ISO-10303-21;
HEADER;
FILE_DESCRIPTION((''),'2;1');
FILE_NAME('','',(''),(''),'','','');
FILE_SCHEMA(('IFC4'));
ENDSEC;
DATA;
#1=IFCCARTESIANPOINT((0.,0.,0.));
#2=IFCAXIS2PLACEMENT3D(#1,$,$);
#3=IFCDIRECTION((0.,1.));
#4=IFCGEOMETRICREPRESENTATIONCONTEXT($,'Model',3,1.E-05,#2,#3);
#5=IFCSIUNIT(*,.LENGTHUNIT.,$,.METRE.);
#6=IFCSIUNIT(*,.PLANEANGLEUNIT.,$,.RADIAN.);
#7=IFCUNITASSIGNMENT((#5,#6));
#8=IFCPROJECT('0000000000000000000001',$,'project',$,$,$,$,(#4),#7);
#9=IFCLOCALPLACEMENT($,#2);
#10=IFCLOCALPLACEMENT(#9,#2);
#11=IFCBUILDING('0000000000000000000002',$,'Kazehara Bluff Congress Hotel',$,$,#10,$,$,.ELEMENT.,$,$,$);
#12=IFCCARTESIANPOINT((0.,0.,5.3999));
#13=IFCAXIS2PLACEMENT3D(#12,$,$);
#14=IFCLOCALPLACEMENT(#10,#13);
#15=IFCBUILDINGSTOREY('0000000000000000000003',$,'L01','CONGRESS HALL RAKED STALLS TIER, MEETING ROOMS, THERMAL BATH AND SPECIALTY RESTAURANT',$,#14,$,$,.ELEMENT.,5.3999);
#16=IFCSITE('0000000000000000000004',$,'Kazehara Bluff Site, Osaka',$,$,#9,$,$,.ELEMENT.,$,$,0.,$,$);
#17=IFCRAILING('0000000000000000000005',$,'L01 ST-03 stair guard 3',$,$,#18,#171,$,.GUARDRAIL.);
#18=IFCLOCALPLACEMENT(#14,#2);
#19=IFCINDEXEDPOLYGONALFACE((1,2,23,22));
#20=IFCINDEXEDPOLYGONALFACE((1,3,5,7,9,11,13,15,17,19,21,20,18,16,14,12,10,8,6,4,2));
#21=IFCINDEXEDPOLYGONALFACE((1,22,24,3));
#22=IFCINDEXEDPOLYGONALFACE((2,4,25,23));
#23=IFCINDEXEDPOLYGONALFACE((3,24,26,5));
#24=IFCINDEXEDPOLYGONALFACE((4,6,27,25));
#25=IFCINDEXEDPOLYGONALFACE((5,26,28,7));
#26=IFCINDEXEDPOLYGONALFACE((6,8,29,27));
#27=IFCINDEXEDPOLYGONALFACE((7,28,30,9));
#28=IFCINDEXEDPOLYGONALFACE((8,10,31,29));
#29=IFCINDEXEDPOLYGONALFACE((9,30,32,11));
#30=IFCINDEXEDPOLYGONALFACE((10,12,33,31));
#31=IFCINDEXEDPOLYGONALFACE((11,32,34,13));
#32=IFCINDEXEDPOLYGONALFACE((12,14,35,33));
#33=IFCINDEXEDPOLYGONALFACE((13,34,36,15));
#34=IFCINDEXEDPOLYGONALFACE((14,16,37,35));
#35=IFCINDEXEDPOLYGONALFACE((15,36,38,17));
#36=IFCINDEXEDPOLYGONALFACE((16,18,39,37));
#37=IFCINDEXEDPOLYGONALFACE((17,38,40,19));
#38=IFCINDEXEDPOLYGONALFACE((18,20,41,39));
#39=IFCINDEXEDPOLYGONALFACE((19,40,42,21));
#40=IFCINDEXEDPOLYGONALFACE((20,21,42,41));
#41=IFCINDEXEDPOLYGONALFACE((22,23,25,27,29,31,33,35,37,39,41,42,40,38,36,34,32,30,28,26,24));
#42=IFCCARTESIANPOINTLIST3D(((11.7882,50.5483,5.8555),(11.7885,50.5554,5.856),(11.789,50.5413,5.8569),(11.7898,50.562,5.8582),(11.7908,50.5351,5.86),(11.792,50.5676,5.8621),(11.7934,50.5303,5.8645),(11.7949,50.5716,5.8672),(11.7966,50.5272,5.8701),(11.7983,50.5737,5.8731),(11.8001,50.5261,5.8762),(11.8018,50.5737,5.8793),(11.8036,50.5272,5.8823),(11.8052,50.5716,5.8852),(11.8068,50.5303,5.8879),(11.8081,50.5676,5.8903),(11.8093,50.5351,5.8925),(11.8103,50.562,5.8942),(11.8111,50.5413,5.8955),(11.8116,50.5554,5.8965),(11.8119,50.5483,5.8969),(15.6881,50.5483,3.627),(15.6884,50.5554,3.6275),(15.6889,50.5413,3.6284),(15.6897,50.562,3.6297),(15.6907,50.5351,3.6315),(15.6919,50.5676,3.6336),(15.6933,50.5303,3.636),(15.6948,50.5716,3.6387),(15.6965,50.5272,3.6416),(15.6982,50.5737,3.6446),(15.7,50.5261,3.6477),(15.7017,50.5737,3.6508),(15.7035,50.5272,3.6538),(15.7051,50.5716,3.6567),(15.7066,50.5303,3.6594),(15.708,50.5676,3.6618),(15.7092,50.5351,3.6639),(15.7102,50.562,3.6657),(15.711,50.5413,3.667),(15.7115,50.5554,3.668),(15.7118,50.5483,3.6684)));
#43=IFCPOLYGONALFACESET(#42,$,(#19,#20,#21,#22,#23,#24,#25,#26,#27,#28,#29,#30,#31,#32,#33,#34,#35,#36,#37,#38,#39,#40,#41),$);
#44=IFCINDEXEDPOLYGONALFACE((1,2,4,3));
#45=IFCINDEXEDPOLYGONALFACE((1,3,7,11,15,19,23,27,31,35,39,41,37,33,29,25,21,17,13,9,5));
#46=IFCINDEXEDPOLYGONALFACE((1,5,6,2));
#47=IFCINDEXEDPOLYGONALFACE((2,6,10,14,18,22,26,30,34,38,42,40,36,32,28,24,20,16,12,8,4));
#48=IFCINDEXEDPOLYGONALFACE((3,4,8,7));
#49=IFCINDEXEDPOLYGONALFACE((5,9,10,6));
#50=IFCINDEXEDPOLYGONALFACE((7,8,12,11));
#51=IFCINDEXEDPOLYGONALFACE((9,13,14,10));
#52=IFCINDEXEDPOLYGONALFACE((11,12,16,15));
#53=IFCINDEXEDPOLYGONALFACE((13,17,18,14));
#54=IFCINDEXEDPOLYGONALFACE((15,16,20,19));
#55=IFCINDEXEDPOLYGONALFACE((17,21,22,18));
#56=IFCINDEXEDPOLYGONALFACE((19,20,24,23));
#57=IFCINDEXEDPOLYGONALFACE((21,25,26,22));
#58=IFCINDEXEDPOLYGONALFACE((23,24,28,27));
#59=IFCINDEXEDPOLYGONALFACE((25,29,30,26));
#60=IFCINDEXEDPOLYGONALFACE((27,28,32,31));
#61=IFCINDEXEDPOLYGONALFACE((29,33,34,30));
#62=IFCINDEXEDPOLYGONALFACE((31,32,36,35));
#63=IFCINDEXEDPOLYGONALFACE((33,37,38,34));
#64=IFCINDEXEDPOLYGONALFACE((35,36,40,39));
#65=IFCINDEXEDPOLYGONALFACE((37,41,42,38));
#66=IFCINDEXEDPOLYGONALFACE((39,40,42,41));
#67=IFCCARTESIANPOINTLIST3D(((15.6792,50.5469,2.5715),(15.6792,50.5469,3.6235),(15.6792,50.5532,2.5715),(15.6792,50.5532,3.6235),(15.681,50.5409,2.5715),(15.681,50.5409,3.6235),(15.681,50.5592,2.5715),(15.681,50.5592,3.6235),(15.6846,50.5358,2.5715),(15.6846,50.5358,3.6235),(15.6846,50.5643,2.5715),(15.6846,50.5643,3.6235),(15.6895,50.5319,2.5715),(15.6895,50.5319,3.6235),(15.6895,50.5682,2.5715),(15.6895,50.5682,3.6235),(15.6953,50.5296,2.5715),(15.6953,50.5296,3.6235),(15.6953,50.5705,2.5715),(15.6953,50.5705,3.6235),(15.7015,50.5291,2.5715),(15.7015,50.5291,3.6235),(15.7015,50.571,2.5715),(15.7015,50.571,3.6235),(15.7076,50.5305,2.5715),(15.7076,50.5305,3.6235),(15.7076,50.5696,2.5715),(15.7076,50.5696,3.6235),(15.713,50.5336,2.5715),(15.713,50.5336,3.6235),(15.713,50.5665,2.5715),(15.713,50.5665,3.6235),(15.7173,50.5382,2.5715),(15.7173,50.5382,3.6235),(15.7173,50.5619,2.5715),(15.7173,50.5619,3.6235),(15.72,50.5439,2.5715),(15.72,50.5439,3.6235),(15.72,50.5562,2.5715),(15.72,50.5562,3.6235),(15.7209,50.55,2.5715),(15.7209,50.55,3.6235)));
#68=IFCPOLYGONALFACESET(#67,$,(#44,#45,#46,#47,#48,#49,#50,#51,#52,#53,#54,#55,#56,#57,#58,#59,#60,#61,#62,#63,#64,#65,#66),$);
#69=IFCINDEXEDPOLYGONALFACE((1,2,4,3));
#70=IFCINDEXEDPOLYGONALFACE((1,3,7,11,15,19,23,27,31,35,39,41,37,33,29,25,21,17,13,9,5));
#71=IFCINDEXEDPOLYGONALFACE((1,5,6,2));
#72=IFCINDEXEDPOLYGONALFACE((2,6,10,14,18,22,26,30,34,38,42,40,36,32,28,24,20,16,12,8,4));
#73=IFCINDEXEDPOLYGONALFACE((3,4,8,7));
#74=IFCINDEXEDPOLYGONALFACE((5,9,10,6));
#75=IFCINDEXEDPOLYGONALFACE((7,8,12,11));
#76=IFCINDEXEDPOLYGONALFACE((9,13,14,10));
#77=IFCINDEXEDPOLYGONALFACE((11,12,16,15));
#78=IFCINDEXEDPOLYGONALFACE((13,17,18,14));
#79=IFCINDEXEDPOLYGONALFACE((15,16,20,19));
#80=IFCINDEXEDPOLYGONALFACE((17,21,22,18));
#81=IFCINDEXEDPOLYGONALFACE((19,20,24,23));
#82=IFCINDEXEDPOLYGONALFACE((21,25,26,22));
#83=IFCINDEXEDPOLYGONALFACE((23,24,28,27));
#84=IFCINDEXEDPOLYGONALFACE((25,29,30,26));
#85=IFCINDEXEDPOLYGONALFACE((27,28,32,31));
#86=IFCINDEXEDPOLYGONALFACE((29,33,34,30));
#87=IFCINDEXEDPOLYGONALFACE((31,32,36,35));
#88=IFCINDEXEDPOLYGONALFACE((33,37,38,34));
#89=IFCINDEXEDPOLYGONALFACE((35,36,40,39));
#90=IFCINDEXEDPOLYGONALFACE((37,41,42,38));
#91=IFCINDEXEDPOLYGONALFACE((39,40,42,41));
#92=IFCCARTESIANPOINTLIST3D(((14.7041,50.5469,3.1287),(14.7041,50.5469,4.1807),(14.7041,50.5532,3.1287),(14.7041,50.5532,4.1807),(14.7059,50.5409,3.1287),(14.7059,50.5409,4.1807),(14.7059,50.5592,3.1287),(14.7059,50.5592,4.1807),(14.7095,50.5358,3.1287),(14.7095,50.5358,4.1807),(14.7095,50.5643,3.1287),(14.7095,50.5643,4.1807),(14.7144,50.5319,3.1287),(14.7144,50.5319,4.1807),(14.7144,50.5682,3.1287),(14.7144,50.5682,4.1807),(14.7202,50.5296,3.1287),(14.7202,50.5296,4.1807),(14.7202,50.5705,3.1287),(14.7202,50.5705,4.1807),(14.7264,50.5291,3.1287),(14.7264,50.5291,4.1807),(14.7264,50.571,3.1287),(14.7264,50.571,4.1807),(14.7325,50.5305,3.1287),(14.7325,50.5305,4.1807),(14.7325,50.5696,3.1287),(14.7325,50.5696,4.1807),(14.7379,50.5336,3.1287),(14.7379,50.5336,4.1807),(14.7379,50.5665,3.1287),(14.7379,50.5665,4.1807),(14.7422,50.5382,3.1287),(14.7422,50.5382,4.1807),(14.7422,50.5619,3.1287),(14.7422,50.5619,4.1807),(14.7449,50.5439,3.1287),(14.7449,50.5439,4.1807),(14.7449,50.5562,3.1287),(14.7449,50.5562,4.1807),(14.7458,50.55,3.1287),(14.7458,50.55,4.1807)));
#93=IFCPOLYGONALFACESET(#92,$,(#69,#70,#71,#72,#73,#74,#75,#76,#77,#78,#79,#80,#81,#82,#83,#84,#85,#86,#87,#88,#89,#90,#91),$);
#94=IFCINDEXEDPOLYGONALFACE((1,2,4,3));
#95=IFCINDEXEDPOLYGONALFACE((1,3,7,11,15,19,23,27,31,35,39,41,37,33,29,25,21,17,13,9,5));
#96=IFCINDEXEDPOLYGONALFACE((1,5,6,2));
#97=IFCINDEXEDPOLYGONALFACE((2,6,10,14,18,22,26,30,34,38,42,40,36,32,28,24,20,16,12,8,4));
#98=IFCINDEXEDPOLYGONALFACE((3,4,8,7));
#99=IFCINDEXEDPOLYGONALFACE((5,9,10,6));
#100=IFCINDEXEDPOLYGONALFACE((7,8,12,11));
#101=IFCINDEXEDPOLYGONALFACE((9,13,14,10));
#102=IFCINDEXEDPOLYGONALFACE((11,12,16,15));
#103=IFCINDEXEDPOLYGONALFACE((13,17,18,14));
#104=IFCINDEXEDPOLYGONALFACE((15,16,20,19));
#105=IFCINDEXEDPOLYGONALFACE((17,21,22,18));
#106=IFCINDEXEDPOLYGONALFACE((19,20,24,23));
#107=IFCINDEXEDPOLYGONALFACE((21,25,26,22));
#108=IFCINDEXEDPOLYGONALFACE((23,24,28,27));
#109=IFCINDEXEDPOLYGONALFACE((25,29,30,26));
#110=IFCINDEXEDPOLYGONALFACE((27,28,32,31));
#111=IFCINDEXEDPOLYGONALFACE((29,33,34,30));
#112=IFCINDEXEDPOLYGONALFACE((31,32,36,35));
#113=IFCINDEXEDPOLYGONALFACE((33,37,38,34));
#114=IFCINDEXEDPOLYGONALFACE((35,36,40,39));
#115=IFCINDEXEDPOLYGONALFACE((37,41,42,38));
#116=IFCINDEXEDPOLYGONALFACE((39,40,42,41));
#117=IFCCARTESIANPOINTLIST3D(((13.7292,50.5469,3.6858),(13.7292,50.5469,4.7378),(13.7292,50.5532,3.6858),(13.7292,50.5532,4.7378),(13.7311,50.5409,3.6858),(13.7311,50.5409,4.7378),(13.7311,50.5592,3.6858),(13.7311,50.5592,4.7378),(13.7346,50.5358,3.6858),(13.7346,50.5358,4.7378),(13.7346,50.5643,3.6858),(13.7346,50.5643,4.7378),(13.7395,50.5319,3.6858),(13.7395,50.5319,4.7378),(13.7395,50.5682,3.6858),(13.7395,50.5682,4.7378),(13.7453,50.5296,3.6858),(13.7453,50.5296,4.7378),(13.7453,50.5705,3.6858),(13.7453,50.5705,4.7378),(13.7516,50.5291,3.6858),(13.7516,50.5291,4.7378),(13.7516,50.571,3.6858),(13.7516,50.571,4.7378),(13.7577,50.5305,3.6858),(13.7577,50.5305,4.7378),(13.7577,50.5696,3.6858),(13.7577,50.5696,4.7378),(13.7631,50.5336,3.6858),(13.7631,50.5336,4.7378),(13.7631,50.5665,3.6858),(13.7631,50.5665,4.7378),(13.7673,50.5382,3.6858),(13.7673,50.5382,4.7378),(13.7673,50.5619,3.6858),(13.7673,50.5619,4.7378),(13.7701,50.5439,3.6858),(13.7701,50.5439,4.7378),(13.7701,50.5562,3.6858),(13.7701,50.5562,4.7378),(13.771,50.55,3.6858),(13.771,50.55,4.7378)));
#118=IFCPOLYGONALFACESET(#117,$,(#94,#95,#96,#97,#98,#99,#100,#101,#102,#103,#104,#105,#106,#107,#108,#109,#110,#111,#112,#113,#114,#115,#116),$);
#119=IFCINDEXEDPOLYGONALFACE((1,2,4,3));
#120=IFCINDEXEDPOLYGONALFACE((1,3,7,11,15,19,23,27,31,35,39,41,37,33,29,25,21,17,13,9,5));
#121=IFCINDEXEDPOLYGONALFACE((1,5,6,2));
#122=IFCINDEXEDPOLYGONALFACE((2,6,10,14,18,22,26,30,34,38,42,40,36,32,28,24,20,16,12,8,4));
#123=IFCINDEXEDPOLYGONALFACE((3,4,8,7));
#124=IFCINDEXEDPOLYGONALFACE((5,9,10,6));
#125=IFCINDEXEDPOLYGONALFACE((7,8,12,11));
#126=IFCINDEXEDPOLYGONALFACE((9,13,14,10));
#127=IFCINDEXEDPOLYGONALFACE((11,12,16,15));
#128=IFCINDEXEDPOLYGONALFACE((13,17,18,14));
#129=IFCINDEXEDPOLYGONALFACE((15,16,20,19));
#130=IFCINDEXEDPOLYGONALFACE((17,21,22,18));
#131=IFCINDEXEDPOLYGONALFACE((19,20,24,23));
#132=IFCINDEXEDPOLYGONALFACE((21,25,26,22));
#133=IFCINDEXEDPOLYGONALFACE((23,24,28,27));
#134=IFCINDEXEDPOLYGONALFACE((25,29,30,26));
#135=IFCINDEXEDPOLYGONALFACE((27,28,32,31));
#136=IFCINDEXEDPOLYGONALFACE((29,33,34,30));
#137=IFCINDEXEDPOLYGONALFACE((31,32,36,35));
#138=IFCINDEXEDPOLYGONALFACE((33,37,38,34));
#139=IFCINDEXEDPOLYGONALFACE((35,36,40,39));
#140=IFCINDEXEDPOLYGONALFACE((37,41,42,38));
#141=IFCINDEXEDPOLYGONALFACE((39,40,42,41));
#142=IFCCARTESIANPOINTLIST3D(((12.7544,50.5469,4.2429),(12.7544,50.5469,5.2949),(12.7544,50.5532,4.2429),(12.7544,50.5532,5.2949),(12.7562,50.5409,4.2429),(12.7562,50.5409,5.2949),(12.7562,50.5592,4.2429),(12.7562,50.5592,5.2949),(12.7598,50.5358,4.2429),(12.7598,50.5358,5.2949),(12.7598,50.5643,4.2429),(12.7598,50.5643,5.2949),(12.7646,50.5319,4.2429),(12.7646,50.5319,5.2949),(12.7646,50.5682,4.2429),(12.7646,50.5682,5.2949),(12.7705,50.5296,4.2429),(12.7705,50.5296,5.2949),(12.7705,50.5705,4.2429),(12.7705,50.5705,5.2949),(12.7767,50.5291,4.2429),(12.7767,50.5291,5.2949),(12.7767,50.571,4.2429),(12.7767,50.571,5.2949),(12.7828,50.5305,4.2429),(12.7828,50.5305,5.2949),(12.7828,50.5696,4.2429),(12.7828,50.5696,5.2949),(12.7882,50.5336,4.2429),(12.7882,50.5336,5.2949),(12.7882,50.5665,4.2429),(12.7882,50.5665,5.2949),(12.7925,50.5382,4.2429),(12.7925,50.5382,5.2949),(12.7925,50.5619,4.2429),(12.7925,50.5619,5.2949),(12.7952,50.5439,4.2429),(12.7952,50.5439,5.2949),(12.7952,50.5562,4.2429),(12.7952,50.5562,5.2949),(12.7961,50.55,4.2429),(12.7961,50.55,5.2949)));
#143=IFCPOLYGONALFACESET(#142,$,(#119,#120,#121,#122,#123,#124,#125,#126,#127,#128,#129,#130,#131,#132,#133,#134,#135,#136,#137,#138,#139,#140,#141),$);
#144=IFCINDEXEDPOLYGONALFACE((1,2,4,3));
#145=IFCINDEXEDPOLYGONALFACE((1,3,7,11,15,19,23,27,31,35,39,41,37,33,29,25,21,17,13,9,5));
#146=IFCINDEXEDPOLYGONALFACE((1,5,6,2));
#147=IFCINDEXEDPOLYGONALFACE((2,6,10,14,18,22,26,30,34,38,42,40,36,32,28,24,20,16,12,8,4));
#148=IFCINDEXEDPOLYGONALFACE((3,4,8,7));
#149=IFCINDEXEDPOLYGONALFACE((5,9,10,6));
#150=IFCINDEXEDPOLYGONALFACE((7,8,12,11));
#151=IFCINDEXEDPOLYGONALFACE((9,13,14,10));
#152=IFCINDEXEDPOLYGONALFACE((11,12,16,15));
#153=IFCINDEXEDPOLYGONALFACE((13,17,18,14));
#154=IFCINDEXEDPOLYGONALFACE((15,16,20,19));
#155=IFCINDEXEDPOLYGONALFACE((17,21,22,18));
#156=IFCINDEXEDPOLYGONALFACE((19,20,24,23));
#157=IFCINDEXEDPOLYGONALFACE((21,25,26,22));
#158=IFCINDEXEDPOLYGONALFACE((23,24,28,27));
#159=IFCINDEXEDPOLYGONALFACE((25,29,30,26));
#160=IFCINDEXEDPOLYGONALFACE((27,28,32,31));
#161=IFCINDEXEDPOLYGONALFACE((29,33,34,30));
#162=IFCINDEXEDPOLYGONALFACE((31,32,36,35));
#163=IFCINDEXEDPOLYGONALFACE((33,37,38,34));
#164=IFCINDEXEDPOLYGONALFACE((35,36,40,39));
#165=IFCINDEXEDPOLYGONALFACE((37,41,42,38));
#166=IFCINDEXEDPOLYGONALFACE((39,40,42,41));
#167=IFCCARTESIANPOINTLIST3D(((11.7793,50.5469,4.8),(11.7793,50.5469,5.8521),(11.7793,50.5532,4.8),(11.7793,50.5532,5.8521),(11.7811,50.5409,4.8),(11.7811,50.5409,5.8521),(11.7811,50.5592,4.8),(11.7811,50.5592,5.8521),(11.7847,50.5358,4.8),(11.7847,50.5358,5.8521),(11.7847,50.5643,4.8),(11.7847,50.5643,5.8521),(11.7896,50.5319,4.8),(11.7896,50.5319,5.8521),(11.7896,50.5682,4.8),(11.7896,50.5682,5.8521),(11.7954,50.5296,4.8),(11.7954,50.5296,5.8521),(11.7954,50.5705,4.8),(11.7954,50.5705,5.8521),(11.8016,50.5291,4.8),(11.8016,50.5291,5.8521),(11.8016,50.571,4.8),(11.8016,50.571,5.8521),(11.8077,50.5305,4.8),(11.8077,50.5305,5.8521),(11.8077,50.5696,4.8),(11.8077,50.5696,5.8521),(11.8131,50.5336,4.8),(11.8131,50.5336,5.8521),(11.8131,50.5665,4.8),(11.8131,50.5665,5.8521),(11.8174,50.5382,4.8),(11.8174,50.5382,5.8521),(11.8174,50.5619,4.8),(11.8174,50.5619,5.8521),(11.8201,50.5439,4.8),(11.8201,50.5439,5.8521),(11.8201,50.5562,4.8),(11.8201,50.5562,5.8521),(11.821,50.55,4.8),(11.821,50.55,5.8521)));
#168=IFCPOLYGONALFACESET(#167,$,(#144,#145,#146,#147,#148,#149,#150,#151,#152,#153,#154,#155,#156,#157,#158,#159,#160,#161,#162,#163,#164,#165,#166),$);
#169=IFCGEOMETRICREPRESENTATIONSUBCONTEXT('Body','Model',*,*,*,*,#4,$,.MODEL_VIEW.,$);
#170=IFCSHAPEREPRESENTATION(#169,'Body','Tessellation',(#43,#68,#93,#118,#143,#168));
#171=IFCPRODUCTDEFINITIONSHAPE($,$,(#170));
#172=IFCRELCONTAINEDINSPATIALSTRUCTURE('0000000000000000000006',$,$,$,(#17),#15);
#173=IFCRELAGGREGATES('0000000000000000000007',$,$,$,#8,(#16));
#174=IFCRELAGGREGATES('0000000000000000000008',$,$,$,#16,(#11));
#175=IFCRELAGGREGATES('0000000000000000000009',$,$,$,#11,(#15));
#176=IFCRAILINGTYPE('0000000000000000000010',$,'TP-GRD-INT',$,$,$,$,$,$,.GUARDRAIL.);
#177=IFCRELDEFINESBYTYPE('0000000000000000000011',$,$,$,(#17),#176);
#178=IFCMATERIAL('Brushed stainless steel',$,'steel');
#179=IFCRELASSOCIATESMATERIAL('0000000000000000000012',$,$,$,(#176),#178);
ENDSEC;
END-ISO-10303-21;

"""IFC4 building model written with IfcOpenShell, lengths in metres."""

from ifc_helpers import new_model, si_unit, direction, frame, origin, origin_2d, place, context, subcontext, project, spatial, circle, extrude, material, type_object, element, save


model = new_model("IFC4")

# Units and contexts
model_context = context("Model", 3, precision=1e-05, world=origin(), true_north=direction((0.0, 1.0)))
body_context = subcontext(model_context, "Body", "Model", "MODEL_VIEW")
ifc_project = project(units=[si_unit("LENGTHUNIT", "METRE"), si_unit("PLANEANGLEUNIT", "RADIAN")], contexts=[model_context])

# Site, building, storey
site_placement = place(None, origin())
site = spatial("IfcSite", under=ifc_project, at=site_placement, Name="Kazehara Bluff Site, Osaka", CompositionType="ELEMENT", RefElevation=0.0)
building_placement = place(site_placement, origin())
building = spatial("IfcBuilding", under=site, at=building_placement, Name="Kazehara Bluff Congress Hotel", CompositionType="ELEMENT")
storey_placement = place(building_placement, frame((0.0, 0.0, 5.3999)))
storey = spatial("IfcBuildingStorey", under=building, at=storey_placement, Name="L01", Description="CONGRESS HALL RAKED STALLS TIER, MEETING ROOMS, THERMAL BATH AND SPECIALTY RESTAURANT", CompositionType="ELEMENT", Elevation=5.3999)

# Railing
ifc_material_1 = material(Name="Brushed stainless steel", Category="steel")
railing_type_1 = type_object("IfcRailingType", Name="TP-GRD-INT", PredefinedType="GUARDRAIL", material=ifc_material_1)
railing_1_placement = place(storey_placement, frame((15.7, 50.55, 2.5715)))
element("IfcRailing", 1, at=railing_1_placement, inside=storey, type_object=railing_type_1, Name="L01 ST-03 stair guard 3", PredefinedType="GUARDRAIL", context=body_context, shape_type="SweptSolid", body=[
    extrude(circle(Radius=0.0239, at=origin_2d()), frame((0.0, 0.0, 1.0762), z_axis=(-0.868243, 0.0, 0.496139), x_axis=(0.0, -1.0, 0.0)), (0.0, 0.0, 1.0), 4.4917),
    extrude(circle(Radius=0.021, at=origin_2d()), origin(), (0.0, 0.0, 1.0), 1.052),
    extrude(circle(Radius=0.021, at=origin_2d()), frame((-0.9751, 0.0, 0.5571)), (0.0, 0.0, 1.0), 1.052),
    extrude(circle(Radius=0.021, at=origin_2d()), frame((-1.95, 0.0, 1.1143)), (0.0, 0.0, 1.0), 1.052),
    extrude(circle(Radius=0.021, at=origin_2d()), frame((-2.9248, 0.0, 1.6714)), (0.0, 0.0, 1.0), 1.052),
    extrude(circle(Radius=0.021, at=origin_2d()), frame((-3.8999, 0.0, 2.2285)), (0.0, 0.0, 1.0), 1.052),
])

save(model, "model.ifc")
